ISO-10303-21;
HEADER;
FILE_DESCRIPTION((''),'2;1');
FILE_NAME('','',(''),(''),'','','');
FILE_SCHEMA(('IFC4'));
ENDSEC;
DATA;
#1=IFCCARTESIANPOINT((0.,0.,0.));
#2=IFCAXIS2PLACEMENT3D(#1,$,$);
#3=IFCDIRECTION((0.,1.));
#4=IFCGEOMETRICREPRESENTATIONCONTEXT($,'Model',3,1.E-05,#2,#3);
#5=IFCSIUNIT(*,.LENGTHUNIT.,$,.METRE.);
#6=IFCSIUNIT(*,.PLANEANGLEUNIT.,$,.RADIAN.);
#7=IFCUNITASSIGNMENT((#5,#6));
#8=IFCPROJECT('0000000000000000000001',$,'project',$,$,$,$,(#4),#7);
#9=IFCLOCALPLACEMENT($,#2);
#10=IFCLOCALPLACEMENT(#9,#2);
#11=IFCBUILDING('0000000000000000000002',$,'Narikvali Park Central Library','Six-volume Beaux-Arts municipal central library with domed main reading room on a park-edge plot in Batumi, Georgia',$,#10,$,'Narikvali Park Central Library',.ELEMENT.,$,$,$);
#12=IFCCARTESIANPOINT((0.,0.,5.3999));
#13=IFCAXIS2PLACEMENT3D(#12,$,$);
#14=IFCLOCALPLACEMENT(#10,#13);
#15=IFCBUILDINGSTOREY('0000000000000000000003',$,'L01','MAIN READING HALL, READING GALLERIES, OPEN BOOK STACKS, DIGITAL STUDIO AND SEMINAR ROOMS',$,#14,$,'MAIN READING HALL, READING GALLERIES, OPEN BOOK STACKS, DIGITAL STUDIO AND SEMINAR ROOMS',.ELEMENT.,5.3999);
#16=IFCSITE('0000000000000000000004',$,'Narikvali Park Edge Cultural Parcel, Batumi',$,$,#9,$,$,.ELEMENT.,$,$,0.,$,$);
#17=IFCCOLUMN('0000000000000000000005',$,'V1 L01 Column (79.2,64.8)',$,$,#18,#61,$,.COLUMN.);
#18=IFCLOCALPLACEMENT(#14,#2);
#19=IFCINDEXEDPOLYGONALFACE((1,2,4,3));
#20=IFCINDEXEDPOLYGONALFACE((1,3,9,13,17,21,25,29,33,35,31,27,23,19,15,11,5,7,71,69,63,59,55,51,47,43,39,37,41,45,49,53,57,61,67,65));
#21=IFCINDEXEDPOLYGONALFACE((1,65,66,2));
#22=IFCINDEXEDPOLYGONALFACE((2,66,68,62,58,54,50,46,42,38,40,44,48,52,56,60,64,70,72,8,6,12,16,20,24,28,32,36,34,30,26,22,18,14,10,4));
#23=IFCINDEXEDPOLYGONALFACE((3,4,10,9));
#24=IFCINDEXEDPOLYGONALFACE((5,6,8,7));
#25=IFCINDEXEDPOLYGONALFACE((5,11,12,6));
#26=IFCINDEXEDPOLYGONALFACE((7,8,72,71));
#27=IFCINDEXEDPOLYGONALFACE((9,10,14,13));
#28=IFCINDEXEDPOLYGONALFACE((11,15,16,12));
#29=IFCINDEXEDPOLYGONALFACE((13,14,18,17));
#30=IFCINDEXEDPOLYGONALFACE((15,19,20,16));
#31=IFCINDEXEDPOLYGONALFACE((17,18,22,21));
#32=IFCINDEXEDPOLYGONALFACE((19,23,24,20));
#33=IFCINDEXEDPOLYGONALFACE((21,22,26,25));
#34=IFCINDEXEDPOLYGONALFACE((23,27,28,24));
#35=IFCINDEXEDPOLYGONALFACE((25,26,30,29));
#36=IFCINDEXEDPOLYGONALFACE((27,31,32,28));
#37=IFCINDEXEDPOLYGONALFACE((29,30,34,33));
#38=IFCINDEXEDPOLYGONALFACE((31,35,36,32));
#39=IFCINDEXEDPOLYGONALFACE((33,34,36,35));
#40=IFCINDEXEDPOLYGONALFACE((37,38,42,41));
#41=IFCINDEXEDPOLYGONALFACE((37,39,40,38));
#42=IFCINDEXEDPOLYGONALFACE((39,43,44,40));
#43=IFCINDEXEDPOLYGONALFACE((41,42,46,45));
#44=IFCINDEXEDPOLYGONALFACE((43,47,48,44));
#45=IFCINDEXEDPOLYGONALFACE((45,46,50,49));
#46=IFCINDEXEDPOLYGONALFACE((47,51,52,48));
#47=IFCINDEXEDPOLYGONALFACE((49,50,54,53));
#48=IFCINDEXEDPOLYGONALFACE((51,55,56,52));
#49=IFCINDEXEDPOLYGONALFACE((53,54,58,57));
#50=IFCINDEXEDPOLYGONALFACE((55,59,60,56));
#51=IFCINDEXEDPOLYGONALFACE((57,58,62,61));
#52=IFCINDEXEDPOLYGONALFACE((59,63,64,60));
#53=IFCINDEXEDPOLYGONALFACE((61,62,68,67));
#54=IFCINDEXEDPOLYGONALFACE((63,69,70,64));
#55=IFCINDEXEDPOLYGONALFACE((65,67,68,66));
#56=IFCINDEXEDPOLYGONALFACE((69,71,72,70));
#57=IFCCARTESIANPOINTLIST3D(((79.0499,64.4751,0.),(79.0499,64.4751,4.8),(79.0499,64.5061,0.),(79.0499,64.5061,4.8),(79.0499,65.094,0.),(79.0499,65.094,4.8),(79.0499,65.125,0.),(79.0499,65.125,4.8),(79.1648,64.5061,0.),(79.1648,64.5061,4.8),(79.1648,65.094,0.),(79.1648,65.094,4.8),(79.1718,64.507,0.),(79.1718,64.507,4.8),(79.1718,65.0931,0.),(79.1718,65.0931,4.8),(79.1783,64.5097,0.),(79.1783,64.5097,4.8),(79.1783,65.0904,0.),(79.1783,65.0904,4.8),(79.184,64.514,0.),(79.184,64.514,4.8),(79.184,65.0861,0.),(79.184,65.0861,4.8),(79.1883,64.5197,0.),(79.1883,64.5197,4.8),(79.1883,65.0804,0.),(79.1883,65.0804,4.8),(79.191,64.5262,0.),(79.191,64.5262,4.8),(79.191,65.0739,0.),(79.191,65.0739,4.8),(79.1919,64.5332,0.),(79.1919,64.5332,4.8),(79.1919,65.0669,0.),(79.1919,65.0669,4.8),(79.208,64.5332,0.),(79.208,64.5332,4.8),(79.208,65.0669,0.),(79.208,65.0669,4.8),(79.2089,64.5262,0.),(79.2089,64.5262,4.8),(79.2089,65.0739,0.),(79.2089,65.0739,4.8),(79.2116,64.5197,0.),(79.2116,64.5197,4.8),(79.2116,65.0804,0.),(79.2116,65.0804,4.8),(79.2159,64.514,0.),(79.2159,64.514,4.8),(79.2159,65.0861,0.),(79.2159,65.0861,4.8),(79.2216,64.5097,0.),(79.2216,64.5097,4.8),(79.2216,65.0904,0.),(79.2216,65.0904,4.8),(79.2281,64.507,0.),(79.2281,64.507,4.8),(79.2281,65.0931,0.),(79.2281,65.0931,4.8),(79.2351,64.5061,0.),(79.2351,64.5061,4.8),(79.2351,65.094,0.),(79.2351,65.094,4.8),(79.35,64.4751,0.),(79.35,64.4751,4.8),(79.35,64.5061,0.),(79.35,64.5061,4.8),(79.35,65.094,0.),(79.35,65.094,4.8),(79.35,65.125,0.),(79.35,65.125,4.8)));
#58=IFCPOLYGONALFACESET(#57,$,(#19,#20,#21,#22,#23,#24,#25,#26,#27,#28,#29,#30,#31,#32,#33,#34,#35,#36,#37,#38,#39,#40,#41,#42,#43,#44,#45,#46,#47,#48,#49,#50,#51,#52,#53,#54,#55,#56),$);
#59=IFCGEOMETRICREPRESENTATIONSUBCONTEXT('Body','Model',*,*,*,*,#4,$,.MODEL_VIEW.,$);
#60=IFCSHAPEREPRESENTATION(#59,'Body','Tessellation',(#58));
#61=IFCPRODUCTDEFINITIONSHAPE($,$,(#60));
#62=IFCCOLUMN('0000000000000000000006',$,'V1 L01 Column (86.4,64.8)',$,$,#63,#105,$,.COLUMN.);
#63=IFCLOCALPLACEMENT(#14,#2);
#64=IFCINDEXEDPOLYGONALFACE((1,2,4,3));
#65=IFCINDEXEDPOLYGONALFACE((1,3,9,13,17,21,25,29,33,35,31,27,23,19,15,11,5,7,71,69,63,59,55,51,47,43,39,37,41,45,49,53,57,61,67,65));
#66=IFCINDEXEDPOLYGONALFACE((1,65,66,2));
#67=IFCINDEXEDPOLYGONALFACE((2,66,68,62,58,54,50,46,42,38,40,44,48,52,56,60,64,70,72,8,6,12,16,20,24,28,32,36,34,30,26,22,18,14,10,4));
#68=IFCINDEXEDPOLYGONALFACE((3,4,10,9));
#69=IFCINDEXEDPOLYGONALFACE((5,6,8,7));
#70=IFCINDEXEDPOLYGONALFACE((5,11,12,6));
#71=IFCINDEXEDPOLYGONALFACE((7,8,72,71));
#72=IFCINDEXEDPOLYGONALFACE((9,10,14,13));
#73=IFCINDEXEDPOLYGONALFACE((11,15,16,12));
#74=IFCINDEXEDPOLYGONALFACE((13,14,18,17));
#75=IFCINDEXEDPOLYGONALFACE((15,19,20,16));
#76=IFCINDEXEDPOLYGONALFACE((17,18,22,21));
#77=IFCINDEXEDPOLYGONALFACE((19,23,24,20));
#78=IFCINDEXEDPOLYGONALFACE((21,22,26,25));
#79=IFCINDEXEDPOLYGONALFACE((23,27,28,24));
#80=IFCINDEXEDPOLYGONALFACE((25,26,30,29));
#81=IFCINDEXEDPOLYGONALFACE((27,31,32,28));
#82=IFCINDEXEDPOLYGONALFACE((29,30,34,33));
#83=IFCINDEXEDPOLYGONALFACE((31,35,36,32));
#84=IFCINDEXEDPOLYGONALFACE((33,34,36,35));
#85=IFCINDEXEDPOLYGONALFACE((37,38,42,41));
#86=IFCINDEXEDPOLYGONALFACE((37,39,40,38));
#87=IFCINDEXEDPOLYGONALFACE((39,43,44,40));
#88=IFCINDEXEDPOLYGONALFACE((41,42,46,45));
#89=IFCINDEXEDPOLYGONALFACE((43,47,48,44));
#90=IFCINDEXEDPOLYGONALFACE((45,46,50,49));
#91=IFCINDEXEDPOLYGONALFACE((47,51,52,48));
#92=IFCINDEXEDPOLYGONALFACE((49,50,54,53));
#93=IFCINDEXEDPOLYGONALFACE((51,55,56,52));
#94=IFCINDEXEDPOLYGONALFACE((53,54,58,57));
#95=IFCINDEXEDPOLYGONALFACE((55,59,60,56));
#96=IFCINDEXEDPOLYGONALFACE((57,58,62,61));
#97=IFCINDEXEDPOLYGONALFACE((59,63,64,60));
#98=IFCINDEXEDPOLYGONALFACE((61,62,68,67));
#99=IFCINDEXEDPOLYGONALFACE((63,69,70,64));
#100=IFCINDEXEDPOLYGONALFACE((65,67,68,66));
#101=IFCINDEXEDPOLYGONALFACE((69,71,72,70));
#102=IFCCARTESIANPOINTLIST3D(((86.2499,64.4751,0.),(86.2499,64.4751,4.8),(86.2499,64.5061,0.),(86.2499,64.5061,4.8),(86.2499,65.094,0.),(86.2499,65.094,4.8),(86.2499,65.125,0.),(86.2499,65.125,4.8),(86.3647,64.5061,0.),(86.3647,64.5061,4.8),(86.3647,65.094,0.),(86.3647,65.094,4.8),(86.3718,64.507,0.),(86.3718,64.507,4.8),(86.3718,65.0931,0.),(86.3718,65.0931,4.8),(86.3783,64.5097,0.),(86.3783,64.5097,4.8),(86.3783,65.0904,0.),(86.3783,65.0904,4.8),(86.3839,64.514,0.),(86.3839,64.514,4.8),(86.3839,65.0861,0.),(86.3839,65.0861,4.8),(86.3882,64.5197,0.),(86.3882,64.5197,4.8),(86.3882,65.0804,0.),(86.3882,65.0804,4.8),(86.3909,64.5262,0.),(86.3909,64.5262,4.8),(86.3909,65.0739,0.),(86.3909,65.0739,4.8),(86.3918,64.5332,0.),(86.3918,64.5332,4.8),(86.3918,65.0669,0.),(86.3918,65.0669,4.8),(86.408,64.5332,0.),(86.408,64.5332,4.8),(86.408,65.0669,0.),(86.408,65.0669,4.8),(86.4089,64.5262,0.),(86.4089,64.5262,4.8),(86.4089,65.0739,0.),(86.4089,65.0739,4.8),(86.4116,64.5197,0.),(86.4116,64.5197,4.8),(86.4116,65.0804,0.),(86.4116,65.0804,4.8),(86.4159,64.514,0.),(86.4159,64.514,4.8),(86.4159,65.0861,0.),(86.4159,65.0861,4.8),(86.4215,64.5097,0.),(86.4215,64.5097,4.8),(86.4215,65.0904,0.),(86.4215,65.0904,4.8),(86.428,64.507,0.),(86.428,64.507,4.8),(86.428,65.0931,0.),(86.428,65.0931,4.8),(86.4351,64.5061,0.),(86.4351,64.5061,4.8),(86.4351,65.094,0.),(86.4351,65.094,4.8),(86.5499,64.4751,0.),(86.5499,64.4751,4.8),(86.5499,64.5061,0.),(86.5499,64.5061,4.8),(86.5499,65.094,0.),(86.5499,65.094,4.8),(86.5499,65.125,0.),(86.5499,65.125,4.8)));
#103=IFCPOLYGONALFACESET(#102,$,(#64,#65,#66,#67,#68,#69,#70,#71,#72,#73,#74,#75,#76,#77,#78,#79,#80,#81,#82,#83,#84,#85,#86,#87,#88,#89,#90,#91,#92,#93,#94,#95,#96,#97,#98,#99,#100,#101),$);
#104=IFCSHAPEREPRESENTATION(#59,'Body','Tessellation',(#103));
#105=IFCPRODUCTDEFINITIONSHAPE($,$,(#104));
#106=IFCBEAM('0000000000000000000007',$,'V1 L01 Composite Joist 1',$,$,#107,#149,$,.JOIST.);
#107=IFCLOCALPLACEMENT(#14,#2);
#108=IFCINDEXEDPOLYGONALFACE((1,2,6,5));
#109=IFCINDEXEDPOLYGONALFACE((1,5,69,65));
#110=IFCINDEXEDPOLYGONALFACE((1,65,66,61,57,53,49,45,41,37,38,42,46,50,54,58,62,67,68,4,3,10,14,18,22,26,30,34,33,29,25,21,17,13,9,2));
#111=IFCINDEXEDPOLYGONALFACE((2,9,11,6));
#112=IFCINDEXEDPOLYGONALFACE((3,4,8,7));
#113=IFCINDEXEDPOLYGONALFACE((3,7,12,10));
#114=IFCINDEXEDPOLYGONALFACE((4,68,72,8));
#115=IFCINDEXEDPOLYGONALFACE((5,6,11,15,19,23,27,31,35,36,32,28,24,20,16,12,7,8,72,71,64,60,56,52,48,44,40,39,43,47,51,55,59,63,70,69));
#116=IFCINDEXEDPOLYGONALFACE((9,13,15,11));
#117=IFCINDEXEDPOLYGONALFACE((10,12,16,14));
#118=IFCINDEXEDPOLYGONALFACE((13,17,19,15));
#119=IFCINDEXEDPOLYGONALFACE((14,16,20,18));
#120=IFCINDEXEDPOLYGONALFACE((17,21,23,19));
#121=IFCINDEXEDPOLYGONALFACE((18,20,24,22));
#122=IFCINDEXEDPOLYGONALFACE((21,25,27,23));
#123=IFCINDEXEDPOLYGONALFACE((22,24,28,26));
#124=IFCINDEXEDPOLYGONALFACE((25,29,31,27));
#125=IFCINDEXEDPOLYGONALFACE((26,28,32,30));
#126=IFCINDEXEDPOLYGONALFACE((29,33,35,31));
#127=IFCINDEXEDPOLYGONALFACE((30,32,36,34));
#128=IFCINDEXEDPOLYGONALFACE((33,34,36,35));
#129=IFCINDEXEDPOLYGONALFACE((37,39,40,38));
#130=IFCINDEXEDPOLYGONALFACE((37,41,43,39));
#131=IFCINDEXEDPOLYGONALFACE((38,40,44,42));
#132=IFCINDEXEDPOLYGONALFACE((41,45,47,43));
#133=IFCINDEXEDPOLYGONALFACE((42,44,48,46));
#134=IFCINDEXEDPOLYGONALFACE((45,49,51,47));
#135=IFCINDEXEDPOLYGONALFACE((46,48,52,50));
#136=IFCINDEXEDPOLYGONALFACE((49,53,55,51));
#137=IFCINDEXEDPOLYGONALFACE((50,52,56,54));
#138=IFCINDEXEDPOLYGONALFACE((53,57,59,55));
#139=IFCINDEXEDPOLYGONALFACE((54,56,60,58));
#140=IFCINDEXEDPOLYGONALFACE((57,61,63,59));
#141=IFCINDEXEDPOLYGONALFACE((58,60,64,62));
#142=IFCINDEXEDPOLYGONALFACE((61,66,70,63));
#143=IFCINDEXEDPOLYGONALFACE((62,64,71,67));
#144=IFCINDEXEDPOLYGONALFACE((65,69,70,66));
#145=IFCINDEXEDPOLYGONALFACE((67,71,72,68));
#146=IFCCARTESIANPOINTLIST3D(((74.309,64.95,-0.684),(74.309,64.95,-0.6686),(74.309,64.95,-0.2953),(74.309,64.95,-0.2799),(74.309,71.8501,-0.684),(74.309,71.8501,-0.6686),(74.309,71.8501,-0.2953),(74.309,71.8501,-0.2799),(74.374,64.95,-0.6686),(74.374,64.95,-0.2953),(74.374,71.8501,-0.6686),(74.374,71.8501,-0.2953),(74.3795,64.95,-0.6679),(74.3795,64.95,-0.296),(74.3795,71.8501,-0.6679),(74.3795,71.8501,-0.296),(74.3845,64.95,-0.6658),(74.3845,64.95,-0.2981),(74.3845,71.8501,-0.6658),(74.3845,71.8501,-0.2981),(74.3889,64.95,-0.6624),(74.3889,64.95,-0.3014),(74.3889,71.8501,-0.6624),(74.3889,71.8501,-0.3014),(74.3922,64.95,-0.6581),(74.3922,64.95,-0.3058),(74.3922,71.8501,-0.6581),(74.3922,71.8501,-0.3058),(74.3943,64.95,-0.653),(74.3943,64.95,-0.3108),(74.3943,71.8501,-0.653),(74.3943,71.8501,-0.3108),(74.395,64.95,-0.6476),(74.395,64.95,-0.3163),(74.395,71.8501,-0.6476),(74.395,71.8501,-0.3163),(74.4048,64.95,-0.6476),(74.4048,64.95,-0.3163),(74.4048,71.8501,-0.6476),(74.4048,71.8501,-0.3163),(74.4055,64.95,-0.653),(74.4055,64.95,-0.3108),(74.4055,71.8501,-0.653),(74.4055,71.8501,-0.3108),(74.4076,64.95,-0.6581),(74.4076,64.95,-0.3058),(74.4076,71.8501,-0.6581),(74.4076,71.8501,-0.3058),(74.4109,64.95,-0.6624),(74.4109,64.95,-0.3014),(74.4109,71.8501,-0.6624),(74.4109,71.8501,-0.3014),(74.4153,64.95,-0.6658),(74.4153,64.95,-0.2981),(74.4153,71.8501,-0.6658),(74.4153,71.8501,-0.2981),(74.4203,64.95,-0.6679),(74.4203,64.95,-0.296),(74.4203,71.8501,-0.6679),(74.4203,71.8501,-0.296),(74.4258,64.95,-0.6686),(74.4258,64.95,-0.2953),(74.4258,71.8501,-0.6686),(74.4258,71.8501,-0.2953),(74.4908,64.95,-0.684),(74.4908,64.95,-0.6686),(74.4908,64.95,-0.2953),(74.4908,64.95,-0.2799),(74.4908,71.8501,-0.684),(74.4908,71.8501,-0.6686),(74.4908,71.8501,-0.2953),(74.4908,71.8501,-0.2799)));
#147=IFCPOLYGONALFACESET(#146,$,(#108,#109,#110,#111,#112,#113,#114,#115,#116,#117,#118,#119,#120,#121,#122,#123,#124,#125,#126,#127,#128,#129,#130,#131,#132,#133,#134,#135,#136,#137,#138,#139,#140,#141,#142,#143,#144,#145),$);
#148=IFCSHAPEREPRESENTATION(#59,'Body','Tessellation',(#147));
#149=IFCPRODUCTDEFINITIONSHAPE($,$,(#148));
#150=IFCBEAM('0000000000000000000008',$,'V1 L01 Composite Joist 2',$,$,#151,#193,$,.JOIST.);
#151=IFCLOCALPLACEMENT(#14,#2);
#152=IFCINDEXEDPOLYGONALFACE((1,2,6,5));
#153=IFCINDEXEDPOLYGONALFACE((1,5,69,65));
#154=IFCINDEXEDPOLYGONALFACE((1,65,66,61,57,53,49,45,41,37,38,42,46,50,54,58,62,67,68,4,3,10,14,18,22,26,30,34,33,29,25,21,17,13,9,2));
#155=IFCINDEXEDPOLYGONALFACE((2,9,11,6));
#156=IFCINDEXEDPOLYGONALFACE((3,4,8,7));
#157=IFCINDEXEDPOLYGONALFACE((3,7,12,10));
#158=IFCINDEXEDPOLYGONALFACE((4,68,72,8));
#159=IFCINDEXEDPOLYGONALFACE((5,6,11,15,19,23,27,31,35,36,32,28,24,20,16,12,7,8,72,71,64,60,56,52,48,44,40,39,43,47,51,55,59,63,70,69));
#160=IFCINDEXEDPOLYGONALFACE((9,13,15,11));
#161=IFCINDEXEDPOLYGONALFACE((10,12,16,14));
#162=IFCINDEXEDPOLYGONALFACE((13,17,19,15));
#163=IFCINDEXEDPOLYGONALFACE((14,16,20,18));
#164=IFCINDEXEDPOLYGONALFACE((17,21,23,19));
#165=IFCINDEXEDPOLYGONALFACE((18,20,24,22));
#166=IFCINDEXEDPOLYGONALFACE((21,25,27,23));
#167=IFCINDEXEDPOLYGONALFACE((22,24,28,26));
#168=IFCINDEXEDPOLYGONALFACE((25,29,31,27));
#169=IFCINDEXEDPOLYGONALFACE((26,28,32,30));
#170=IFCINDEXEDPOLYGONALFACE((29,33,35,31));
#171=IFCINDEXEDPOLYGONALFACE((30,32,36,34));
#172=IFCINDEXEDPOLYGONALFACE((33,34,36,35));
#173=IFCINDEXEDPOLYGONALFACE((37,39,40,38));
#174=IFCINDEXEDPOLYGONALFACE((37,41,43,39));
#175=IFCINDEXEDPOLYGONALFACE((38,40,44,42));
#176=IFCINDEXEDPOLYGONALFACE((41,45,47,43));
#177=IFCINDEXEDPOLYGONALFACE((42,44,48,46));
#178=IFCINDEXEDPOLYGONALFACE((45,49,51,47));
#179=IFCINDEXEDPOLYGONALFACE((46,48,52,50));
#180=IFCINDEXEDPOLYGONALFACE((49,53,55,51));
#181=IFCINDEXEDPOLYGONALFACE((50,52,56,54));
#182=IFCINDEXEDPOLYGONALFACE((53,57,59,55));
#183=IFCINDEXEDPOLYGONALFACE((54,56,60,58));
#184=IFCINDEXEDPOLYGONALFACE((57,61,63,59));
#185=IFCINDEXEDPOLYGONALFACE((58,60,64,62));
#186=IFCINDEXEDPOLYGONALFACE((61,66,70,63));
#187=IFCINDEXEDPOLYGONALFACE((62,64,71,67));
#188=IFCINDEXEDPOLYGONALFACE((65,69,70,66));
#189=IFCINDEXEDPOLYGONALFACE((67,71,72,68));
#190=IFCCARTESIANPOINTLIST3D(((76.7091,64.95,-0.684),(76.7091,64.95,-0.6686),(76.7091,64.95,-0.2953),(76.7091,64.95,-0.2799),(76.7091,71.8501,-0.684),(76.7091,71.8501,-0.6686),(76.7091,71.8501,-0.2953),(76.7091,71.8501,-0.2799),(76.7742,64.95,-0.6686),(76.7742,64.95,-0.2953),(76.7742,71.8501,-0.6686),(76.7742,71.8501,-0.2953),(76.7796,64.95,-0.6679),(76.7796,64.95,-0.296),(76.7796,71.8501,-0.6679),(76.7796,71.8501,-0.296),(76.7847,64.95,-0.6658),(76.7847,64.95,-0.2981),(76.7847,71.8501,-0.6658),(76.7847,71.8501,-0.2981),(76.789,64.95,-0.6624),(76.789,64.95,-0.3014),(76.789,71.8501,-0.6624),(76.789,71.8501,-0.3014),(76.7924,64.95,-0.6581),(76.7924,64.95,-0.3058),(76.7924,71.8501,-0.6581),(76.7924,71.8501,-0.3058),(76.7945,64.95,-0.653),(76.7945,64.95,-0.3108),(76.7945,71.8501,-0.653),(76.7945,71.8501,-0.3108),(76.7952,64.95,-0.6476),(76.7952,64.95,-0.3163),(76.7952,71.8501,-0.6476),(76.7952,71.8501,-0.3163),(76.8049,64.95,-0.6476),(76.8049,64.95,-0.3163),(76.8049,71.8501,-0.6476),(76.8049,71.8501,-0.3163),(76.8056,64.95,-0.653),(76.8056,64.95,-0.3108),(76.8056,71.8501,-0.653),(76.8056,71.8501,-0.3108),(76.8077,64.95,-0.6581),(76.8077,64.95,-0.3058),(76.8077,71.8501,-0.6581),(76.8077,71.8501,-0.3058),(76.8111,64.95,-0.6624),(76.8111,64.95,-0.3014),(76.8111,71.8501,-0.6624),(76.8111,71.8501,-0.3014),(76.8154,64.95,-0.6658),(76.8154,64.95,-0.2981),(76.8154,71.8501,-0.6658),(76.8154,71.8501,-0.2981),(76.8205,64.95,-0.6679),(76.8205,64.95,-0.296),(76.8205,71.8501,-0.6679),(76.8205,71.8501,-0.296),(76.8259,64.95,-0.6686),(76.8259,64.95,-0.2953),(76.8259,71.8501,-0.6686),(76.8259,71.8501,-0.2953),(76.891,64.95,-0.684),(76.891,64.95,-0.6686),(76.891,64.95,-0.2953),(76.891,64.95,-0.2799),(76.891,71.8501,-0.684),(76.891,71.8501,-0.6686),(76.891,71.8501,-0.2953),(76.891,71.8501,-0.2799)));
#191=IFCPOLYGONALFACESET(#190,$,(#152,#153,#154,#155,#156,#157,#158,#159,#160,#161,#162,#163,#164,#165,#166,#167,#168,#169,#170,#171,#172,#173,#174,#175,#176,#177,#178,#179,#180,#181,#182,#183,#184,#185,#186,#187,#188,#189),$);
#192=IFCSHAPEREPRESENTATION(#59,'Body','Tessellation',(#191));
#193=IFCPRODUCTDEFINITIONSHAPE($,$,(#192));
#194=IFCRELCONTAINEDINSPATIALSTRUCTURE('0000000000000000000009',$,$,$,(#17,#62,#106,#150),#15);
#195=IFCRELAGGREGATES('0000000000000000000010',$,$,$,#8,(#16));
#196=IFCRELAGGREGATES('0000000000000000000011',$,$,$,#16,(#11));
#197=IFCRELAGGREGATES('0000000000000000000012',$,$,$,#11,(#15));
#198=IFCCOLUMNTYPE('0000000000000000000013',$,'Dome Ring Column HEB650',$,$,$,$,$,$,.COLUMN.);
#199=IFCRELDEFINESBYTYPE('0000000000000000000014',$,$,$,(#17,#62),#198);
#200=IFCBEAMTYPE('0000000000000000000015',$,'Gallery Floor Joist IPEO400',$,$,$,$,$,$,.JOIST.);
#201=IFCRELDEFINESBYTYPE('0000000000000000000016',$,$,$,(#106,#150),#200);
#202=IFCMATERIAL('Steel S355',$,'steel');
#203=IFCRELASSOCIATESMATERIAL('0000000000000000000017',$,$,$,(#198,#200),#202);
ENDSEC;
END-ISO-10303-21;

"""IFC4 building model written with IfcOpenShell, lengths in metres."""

from ifc_helpers import new_model, si_unit, direction, frame, origin, origin_2d, place, context, subcontext, project, spatial, i_section, extrude, material, material_profile, profile_set, type_object, element, save


model = new_model("IFC4")

# Units and contexts
model_context = context("Model", 3, precision=1e-05, world=origin(), true_north=direction((0.0, 1.0)))
body_context = subcontext(model_context, "Body", "Model", "MODEL_VIEW")
ifc_project = project(units=[si_unit("LENGTHUNIT", "METRE"), si_unit("PLANEANGLEUNIT", "RADIAN")], contexts=[model_context])

# Site, building, storey
site_placement = place(None, origin())
site = spatial("IfcSite", under=ifc_project, at=site_placement, Name="Narikvali Park Edge Cultural Parcel, Batumi", CompositionType="ELEMENT", RefElevation=0.0)
building_placement = place(site_placement, origin())
building = spatial("IfcBuilding", under=site, at=building_placement, Name="Narikvali Park Central Library", Description="Six-volume Beaux-Arts municipal central library with domed main reading room on a park-edge plot in Batumi, Georgia", LongName="Narikvali Park Central Library", CompositionType="ELEMENT")
storey_placement = place(building_placement, frame((0.0, 0.0, 5.3999)))
storey = spatial("IfcBuildingStorey", under=building, at=storey_placement, Name="L01", Description="MAIN READING HALL, READING GALLERIES, OPEN BOOK STACKS, DIGITAL STUDIO AND SEMINAR ROOMS", LongName="MAIN READING HALL, READING GALLERIES, OPEN BOOK STACKS, DIGITAL STUDIO AND SEMINAR ROOMS", CompositionType="ELEMENT", Elevation=5.3999)

# Columns
ifc_material_1 = material(Name="Steel S355", Category="steel")
ifc_material_profile_1 = material_profile(ifc_material_1, i_section(OverallWidth=0.3, OverallDepth=0.6499, WebThickness=0.0161, FlangeThickness=0.031, FilletRadius=0.0271, at=origin_2d()), Name="HEB 650")
ifc_profile_set_1 = profile_set([ifc_material_profile_1], Name="Steel S355")
column_type = type_object("IfcColumnType", Name="Dome Ring Column HEB650", PredefinedType="COLUMN", material=ifc_profile_set_1)
for number, where, z_axis, x_axis, name in (
    (1, (79.2, 64.8, 0.0), (0.0, 0.0, 1.0), (1.0, 0.0, 0.0), "V1 L01 Column (79.2,64.8)"),
    (2, (86.3999, 64.8, 0.0), (0.0, 0.0, 1.0), (1.0, 0.0, 0.0), "V1 L01 Column (86.4,64.8)"),
):
    element("IfcColumn", number, at=place(storey_placement, frame(where, z_axis=z_axis, x_axis=x_axis)), inside=storey, type_object=column_type, Name=name, PredefinedType="COLUMN", context=body_context, shape_type="SweptSolid", body=[
        extrude(i_section(OverallWidth=0.3, OverallDepth=0.6499, WebThickness=0.0161, FlangeThickness=0.031, FilletRadius=0.0271, at=origin_2d()), origin(), (0.0, 0.0, 1.0), 4.8),
    ])

# Beams
ifc_material_profile_2 = material_profile(ifc_material_1, i_section(OverallWidth=0.1819, OverallDepth=0.4041, WebThickness=0.0098, FlangeThickness=0.0154, FilletRadius=0.021, at=origin_2d()), Name="IPEO 400")
ifc_profile_set_2 = profile_set([ifc_material_profile_2], Name="Steel S355")
beam_type_1 = type_object("IfcBeamType", Name="Gallery Floor Joist IPEO400", PredefinedType="JOIST", material=ifc_profile_set_2)
for number, where, z_axis, x_axis, name in (
    (3, (74.3999, 64.95, -0.4819), (0.0, 1.0, 0.0), (-1.0, 0.0, 0.0), "V1 L01 Composite Joist 1"),
    (4, (76.8, 64.95, -0.4819), (0.0, 1.0, 0.0), (-1.0, 0.0, 0.0), "V1 L01 Composite Joist 2"),
):
    element("IfcBeam", number, at=place(storey_placement, frame(where, z_axis=z_axis, x_axis=x_axis)), inside=storey, type_object=beam_type_1, Name=name, PredefinedType="JOIST", context=body_context, shape_type="SweptSolid", body=[
        extrude(i_section(OverallWidth=0.1819, OverallDepth=0.4041, WebThickness=0.0098, FlangeThickness=0.0154, FilletRadius=0.021, at=origin_2d()), origin(), (0.0, 0.0, 1.0), 6.9001),
    ])

save(model, "model.ifc")
